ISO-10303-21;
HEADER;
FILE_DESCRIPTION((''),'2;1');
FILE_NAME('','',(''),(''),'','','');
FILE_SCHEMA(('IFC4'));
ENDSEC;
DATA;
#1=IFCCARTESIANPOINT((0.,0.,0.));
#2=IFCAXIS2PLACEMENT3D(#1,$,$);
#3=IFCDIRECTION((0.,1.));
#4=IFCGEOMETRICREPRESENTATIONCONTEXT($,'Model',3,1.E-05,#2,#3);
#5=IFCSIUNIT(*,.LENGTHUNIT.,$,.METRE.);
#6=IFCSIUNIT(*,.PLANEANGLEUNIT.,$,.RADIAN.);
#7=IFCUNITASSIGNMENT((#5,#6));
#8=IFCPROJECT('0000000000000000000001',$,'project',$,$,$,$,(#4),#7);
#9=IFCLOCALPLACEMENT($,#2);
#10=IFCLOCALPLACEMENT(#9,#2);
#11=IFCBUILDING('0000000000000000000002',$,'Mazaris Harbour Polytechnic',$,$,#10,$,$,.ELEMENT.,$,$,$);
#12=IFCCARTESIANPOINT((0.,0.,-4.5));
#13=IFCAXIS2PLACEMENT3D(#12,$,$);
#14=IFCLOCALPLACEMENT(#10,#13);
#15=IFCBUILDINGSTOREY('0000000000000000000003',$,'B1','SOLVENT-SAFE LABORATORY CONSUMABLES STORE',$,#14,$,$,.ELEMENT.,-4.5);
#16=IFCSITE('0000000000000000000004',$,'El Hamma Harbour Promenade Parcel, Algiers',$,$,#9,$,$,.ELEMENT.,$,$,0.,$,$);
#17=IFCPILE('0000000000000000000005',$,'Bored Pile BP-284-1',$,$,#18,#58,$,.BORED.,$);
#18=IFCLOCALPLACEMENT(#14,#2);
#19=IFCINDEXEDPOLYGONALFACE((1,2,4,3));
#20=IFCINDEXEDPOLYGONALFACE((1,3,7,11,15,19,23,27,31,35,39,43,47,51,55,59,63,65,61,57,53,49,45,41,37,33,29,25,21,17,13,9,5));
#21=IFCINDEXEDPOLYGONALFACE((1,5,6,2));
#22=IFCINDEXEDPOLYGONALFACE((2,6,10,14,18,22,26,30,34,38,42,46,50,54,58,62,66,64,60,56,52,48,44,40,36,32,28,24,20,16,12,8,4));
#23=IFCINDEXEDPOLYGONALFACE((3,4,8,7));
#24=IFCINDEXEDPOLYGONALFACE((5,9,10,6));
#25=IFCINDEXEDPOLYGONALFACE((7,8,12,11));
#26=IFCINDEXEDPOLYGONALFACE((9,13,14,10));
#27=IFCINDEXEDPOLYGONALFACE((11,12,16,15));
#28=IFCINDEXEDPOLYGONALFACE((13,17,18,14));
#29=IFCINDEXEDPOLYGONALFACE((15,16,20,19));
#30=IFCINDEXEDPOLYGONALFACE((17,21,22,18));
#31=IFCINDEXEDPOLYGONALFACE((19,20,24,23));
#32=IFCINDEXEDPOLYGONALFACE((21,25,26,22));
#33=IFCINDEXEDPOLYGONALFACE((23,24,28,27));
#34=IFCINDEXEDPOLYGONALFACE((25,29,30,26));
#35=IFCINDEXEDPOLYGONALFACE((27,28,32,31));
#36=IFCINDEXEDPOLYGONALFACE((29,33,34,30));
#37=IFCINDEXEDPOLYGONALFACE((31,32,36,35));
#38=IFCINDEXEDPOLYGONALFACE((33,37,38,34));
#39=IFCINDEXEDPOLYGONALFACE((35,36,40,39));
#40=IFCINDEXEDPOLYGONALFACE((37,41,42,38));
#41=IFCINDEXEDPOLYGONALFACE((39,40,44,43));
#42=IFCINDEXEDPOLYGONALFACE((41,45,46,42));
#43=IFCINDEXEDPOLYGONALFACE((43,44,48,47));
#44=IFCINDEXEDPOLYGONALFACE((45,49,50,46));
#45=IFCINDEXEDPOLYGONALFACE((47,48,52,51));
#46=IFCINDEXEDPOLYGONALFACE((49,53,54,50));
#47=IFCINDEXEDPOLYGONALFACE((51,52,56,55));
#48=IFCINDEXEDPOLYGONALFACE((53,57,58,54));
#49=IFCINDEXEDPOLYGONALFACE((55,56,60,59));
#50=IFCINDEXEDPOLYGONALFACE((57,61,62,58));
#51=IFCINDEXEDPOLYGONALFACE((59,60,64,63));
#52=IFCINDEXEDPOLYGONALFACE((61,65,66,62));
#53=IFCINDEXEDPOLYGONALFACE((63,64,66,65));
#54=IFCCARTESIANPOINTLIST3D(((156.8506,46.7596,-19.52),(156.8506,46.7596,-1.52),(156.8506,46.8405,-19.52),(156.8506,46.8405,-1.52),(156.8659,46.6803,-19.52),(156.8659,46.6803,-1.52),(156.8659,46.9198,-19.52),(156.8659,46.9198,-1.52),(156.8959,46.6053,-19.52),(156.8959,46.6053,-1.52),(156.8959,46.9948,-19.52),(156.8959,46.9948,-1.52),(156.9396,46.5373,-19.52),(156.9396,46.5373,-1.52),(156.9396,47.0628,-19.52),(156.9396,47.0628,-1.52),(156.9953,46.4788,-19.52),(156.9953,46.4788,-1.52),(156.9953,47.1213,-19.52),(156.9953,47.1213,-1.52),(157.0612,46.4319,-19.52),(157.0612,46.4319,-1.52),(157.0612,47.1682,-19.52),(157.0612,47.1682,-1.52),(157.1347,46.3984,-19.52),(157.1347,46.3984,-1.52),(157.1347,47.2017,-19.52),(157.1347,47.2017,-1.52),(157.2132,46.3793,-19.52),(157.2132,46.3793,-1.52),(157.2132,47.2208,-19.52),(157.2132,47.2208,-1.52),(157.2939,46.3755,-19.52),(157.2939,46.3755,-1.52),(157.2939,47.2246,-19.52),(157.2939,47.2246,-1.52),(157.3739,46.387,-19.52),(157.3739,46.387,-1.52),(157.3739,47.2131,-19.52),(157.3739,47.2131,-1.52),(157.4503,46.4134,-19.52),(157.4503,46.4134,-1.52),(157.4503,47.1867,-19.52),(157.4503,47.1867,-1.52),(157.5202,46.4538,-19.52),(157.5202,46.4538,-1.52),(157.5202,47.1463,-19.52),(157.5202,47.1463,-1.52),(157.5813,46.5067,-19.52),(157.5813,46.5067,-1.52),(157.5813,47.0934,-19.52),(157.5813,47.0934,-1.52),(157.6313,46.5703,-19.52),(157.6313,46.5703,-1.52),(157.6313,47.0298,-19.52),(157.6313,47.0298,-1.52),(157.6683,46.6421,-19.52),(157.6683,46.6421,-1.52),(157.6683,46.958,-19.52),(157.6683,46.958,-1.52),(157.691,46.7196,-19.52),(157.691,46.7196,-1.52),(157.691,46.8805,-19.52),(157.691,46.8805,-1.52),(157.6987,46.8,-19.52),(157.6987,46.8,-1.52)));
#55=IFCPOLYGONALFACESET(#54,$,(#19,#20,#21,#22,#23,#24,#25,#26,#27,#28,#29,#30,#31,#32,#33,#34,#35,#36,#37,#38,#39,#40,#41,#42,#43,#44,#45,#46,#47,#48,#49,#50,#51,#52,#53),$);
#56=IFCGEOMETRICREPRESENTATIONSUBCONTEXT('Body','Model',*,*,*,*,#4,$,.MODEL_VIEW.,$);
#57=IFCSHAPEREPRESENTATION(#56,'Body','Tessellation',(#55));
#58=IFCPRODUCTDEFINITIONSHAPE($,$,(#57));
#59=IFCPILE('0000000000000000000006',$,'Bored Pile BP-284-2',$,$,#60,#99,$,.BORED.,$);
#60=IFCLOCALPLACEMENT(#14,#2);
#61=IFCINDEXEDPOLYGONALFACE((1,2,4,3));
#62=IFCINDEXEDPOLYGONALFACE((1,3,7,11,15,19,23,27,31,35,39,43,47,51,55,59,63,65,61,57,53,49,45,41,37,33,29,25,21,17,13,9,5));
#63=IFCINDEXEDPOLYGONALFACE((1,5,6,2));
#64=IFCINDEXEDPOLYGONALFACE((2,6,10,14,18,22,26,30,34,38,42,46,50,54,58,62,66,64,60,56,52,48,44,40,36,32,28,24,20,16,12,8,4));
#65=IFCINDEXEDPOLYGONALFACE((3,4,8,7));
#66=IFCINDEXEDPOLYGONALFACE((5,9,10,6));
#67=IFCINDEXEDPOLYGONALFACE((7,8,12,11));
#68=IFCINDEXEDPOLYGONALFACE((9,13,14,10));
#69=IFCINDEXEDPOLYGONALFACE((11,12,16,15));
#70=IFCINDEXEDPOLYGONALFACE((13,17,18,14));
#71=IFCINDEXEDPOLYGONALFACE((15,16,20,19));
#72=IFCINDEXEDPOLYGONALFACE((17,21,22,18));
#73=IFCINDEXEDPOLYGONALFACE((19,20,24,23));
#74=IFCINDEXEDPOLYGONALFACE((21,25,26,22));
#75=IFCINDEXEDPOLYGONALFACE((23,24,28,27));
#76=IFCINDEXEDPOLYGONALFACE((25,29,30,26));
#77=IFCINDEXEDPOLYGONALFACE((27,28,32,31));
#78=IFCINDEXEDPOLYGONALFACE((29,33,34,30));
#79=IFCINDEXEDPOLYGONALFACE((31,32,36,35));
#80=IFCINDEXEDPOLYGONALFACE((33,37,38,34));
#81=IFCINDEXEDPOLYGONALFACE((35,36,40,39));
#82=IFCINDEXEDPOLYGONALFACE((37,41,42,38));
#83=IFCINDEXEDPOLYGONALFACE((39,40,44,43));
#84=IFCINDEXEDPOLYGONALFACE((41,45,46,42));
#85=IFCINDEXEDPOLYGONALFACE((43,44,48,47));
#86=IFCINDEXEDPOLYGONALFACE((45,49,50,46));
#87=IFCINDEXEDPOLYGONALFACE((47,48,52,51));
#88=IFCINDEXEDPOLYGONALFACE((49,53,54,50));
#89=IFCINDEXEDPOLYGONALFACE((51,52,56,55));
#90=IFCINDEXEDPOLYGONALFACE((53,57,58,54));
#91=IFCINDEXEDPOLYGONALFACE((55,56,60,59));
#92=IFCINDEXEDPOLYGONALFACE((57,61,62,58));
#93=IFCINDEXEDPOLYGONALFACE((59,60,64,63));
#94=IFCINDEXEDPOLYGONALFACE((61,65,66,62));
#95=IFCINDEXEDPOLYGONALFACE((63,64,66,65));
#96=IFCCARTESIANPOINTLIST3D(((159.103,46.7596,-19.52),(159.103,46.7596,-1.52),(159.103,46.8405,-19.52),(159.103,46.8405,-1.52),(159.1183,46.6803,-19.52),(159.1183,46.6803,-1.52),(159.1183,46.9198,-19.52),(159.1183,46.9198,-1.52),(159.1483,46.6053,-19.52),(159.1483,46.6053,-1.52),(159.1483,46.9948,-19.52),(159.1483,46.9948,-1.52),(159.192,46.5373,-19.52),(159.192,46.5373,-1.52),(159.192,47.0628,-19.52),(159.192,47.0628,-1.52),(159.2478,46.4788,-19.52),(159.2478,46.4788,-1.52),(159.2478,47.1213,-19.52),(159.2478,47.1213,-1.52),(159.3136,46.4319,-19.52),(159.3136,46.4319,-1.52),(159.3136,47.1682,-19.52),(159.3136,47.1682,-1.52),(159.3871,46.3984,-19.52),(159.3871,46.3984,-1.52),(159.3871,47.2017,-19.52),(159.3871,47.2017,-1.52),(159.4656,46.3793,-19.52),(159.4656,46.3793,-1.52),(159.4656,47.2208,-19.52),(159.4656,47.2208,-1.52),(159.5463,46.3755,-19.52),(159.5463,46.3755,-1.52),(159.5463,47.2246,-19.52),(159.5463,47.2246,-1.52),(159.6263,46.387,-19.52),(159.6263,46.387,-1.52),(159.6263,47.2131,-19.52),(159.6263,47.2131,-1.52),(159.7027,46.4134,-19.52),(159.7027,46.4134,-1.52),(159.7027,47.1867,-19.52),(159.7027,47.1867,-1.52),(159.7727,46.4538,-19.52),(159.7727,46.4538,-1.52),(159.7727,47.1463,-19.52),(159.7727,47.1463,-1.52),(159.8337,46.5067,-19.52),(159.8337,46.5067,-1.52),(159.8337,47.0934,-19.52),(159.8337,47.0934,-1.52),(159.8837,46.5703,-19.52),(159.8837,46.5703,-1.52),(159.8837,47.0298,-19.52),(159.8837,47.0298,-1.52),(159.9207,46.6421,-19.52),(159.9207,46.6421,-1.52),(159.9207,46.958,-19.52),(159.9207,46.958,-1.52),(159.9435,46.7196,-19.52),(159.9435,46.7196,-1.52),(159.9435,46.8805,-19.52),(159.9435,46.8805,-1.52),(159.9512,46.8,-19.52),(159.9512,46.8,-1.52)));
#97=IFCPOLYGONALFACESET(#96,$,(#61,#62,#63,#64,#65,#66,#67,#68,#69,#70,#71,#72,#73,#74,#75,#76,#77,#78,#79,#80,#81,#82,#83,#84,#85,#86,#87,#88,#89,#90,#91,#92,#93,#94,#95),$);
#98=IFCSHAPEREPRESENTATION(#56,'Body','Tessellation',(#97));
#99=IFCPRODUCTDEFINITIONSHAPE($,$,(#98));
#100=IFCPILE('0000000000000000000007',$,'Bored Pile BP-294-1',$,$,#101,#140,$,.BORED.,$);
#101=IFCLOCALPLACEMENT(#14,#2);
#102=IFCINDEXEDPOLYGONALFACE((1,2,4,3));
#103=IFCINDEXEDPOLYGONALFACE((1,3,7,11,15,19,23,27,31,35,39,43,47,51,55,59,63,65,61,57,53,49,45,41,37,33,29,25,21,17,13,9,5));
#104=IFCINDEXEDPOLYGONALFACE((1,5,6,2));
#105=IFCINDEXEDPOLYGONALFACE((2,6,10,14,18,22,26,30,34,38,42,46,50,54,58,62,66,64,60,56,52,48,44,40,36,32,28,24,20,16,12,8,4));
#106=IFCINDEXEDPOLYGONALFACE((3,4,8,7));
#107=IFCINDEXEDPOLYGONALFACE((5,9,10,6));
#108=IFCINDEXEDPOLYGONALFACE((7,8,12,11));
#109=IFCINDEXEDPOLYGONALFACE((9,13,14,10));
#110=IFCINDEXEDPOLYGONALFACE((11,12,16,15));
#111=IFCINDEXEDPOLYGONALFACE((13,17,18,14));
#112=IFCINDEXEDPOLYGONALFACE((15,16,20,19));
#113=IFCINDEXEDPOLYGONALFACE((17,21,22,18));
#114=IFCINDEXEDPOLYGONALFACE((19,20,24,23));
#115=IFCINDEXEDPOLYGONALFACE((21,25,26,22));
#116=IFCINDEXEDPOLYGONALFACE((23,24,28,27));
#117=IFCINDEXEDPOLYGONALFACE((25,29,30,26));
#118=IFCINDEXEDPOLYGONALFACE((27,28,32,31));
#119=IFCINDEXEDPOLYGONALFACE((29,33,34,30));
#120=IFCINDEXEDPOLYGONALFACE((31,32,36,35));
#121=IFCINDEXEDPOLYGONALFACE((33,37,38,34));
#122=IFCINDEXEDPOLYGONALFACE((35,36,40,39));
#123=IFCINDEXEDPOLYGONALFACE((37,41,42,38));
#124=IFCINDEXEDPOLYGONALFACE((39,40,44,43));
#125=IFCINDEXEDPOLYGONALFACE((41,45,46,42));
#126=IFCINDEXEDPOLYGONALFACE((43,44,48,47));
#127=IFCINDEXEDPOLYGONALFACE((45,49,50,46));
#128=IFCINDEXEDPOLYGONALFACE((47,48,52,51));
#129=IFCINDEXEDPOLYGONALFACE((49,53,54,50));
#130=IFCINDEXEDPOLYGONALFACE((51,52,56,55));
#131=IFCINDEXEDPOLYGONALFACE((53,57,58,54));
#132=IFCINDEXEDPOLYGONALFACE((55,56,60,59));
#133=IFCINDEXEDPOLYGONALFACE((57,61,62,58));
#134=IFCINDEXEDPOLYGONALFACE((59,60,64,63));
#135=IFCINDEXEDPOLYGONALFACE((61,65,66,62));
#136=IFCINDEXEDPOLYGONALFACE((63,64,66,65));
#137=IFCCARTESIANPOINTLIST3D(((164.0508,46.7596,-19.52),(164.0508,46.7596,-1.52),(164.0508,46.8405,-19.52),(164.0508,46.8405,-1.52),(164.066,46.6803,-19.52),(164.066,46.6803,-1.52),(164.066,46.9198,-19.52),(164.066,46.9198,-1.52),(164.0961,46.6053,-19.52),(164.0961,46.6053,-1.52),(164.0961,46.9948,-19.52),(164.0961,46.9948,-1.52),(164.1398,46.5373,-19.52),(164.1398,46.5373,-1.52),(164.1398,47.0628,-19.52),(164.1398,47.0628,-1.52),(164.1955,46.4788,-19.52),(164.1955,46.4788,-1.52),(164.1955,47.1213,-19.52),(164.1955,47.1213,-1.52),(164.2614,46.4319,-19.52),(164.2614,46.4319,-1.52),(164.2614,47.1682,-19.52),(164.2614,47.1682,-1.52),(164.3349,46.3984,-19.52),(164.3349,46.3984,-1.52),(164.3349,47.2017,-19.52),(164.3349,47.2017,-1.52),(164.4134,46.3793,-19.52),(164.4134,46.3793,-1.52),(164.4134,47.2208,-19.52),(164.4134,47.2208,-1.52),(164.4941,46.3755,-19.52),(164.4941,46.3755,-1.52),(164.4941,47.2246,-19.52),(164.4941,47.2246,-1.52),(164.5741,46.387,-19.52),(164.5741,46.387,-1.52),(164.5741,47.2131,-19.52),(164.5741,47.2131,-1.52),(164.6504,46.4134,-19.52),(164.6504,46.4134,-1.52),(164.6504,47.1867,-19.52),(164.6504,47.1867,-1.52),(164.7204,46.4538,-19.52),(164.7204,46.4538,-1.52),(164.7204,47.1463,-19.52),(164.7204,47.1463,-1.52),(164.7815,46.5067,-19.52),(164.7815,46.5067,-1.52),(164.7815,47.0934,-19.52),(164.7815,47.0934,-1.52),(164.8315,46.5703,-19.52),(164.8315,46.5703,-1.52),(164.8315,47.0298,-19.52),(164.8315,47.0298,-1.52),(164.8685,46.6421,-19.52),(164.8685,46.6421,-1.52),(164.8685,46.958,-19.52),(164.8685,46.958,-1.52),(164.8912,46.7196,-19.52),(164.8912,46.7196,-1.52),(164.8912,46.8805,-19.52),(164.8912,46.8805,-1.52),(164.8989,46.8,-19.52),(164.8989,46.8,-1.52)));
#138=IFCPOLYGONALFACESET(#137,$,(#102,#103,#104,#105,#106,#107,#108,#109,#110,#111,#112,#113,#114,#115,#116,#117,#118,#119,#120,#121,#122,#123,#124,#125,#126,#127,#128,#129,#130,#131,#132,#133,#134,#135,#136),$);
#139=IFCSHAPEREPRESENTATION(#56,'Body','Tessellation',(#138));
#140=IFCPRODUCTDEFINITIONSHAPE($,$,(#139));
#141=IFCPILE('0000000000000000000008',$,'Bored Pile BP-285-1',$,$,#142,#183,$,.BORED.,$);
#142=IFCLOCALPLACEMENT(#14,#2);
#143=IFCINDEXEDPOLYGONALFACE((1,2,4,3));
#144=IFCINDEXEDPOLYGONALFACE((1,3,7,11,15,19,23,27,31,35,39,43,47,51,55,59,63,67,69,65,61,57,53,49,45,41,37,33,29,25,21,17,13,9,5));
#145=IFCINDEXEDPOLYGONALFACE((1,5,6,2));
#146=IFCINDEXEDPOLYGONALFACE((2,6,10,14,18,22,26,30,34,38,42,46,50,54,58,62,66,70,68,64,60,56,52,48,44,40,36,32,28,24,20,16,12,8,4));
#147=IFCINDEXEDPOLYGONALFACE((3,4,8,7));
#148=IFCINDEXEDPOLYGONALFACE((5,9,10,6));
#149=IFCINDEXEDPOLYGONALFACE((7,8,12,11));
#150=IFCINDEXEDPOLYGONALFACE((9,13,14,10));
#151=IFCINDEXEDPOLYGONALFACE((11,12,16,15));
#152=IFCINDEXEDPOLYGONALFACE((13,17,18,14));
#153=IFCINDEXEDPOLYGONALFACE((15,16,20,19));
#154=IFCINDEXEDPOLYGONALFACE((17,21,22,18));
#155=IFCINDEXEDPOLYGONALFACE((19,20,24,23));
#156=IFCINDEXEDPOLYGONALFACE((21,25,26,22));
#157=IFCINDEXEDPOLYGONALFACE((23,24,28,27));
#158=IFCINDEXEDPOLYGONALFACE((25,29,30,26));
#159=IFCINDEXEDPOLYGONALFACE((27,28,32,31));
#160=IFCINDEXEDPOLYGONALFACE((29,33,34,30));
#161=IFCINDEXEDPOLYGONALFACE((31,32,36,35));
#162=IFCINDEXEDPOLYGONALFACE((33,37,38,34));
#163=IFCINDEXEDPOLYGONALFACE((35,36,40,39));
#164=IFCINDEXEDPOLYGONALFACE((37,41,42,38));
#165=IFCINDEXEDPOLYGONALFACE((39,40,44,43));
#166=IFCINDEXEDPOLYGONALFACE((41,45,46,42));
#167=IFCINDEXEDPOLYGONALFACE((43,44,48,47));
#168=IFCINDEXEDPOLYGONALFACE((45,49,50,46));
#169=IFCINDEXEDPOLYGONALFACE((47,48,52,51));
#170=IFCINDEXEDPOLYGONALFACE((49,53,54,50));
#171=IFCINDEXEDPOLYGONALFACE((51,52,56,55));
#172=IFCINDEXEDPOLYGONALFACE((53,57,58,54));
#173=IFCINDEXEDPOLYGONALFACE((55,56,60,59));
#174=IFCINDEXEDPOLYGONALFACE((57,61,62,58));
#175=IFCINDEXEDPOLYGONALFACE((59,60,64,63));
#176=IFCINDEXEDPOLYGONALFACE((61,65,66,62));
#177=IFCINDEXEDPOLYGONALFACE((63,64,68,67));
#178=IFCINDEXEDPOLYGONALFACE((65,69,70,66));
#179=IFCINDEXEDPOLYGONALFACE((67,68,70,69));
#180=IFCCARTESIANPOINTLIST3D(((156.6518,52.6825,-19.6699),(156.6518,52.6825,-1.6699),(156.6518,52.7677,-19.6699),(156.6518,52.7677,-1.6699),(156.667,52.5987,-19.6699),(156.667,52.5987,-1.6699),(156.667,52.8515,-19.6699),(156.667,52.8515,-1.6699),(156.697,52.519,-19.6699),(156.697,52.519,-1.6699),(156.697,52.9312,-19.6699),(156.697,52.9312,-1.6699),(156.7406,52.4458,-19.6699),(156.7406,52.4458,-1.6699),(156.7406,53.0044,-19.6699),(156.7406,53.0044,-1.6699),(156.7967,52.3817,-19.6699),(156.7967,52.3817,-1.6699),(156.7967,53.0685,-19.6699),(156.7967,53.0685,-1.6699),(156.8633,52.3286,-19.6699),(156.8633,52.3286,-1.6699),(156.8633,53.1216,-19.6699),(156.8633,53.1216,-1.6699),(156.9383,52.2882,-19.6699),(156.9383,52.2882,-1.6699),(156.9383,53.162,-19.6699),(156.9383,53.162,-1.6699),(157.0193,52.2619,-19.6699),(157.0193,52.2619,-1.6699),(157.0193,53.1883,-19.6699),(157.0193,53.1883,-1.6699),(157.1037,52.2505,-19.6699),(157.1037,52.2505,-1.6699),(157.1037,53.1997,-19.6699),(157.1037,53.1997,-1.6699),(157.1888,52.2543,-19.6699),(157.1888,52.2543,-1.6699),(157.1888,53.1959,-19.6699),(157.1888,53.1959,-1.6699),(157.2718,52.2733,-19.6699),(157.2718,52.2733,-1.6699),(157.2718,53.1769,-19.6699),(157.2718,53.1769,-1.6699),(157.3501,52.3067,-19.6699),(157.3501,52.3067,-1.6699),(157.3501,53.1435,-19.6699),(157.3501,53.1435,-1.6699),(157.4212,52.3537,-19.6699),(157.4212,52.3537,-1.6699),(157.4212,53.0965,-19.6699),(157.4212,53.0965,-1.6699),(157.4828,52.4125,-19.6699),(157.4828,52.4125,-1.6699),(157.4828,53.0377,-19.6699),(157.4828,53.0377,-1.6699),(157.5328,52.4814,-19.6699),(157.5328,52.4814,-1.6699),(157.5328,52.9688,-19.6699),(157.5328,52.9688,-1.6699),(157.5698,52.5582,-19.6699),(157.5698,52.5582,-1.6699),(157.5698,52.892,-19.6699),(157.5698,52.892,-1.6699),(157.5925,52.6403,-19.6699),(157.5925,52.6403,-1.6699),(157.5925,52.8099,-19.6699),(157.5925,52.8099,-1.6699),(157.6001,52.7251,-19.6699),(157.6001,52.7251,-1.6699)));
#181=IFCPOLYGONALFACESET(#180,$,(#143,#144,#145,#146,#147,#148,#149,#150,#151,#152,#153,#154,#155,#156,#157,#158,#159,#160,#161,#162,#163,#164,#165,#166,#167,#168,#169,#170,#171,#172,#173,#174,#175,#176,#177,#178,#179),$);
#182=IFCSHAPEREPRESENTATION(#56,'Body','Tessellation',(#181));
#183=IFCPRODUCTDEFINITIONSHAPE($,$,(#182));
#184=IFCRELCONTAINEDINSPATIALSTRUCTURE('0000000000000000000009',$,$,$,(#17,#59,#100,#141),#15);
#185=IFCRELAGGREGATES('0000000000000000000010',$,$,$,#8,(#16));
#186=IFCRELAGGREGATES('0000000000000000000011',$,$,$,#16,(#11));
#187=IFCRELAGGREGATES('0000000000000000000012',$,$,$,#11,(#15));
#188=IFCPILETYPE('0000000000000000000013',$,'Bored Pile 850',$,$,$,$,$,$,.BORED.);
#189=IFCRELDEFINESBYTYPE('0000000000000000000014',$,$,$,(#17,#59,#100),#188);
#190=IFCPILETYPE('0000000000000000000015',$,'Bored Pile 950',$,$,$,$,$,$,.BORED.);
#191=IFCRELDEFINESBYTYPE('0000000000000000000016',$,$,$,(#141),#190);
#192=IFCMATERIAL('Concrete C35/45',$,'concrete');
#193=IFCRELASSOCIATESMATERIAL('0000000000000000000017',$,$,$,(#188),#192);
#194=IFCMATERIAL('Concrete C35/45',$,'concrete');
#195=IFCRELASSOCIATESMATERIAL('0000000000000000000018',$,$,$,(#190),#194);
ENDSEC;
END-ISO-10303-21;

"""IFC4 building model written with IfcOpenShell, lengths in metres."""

from ifc_helpers import new_model, si_unit, direction, frame, origin, origin_2d, place, context, subcontext, project, spatial, circle, extrude, material, material_profile, profile_set, type_object, element, save


model = new_model("IFC4")

# Units and contexts
model_context = context("Model", 3, precision=1e-05, world=origin(), true_north=direction((0.0, 1.0)))
body_context = subcontext(model_context, "Body", "Model", "MODEL_VIEW")
ifc_project = project(units=[si_unit("LENGTHUNIT", "METRE"), si_unit("PLANEANGLEUNIT", "RADIAN")], contexts=[model_context])

# Site, building, storey
site_placement = place(None, origin())
site = spatial("IfcSite", under=ifc_project, at=site_placement, Name="El Hamma Harbour Promenade Parcel, Algiers", CompositionType="ELEMENT", RefElevation=0.0)
building_placement = place(site_placement, origin())
building = spatial("IfcBuilding", under=site, at=building_placement, Name="Mazaris Harbour Polytechnic", CompositionType="ELEMENT")
storey_placement = place(building_placement, frame((0.0, 0.0, -4.5)))
storey = spatial("IfcBuildingStorey", under=building, at=storey_placement, Name="B1", Description="SOLVENT-SAFE LABORATORY CONSUMABLES STORE", CompositionType="ELEMENT", Elevation=-4.5)

# Piles
ifc_material_1 = material(Name="Concrete C35/45", Category="concrete")
ifc_material_profile_1 = material_profile(ifc_material_1, circle(Radius=0.425, at=origin_2d()), Name="DIA850")
ifc_profile_set_1 = profile_set([ifc_material_profile_1], Name="Concrete C35/45")
pile_type_1 = type_object("IfcPileType", Name="Bored Pile 850", PredefinedType="BORED", material=ifc_profile_set_1)
for number, where, z_axis, x_axis, name in (
    (1, (157.2737, 46.8, -1.52), (0.0, 0.0, -1.0), (1.0, 0.0, 0.0), "Bored Pile BP-284-1"),
    (2, (159.5261, 46.8, -1.52), (0.0, 0.0, -1.0), (1.0, 0.0, 0.0), "Bored Pile BP-284-2"),
    (3, (164.4739, 46.8, -1.52), (0.0, 0.0, -1.0), (1.0, 0.0, 0.0), "Bored Pile BP-294-1"),
):
    element("IfcPile", number, at=place(storey_placement, frame(where, z_axis=z_axis, x_axis=x_axis)), inside=storey, type_object=pile_type_1, Name=name, PredefinedType="BORED", context=body_context, shape_type="SweptSolid", body=[
        extrude(circle(Radius=0.425, at=origin_2d()), origin(), (0.0, 0.0, 1.0), 18.0),
    ])
ifc_material_2 = material(Name="Concrete C35/45", Category="concrete")
ifc_material_profile_2 = material_profile(ifc_material_2, circle(Radius=0.4751, at=origin_2d()), Name="DIA950")
ifc_profile_set_2 = profile_set([ifc_material_profile_2], Name="Concrete C35/45")
pile_type_2 = type_object("IfcPileType", Name="Bored Pile 950", PredefinedType="BORED", material=ifc_profile_set_2)
for number, where, z_axis, x_axis, name in (
    (4, (157.125, 52.7251, -1.6699), (0.0, 0.0, -1.0), (1.0, 0.0, 0.0), "Bored Pile BP-285-1"),
):
    element("IfcPile", number, at=place(storey_placement, frame(where, z_axis=z_axis, x_axis=x_axis)), inside=storey, type_object=pile_type_2, Name=name, PredefinedType="BORED", context=body_context, shape_type="SweptSolid", body=[
        extrude(circle(Radius=0.4751, at=origin_2d()), origin(), (0.0, 0.0, 1.0), 18.0),
    ])

save(model, "model.ifc")
